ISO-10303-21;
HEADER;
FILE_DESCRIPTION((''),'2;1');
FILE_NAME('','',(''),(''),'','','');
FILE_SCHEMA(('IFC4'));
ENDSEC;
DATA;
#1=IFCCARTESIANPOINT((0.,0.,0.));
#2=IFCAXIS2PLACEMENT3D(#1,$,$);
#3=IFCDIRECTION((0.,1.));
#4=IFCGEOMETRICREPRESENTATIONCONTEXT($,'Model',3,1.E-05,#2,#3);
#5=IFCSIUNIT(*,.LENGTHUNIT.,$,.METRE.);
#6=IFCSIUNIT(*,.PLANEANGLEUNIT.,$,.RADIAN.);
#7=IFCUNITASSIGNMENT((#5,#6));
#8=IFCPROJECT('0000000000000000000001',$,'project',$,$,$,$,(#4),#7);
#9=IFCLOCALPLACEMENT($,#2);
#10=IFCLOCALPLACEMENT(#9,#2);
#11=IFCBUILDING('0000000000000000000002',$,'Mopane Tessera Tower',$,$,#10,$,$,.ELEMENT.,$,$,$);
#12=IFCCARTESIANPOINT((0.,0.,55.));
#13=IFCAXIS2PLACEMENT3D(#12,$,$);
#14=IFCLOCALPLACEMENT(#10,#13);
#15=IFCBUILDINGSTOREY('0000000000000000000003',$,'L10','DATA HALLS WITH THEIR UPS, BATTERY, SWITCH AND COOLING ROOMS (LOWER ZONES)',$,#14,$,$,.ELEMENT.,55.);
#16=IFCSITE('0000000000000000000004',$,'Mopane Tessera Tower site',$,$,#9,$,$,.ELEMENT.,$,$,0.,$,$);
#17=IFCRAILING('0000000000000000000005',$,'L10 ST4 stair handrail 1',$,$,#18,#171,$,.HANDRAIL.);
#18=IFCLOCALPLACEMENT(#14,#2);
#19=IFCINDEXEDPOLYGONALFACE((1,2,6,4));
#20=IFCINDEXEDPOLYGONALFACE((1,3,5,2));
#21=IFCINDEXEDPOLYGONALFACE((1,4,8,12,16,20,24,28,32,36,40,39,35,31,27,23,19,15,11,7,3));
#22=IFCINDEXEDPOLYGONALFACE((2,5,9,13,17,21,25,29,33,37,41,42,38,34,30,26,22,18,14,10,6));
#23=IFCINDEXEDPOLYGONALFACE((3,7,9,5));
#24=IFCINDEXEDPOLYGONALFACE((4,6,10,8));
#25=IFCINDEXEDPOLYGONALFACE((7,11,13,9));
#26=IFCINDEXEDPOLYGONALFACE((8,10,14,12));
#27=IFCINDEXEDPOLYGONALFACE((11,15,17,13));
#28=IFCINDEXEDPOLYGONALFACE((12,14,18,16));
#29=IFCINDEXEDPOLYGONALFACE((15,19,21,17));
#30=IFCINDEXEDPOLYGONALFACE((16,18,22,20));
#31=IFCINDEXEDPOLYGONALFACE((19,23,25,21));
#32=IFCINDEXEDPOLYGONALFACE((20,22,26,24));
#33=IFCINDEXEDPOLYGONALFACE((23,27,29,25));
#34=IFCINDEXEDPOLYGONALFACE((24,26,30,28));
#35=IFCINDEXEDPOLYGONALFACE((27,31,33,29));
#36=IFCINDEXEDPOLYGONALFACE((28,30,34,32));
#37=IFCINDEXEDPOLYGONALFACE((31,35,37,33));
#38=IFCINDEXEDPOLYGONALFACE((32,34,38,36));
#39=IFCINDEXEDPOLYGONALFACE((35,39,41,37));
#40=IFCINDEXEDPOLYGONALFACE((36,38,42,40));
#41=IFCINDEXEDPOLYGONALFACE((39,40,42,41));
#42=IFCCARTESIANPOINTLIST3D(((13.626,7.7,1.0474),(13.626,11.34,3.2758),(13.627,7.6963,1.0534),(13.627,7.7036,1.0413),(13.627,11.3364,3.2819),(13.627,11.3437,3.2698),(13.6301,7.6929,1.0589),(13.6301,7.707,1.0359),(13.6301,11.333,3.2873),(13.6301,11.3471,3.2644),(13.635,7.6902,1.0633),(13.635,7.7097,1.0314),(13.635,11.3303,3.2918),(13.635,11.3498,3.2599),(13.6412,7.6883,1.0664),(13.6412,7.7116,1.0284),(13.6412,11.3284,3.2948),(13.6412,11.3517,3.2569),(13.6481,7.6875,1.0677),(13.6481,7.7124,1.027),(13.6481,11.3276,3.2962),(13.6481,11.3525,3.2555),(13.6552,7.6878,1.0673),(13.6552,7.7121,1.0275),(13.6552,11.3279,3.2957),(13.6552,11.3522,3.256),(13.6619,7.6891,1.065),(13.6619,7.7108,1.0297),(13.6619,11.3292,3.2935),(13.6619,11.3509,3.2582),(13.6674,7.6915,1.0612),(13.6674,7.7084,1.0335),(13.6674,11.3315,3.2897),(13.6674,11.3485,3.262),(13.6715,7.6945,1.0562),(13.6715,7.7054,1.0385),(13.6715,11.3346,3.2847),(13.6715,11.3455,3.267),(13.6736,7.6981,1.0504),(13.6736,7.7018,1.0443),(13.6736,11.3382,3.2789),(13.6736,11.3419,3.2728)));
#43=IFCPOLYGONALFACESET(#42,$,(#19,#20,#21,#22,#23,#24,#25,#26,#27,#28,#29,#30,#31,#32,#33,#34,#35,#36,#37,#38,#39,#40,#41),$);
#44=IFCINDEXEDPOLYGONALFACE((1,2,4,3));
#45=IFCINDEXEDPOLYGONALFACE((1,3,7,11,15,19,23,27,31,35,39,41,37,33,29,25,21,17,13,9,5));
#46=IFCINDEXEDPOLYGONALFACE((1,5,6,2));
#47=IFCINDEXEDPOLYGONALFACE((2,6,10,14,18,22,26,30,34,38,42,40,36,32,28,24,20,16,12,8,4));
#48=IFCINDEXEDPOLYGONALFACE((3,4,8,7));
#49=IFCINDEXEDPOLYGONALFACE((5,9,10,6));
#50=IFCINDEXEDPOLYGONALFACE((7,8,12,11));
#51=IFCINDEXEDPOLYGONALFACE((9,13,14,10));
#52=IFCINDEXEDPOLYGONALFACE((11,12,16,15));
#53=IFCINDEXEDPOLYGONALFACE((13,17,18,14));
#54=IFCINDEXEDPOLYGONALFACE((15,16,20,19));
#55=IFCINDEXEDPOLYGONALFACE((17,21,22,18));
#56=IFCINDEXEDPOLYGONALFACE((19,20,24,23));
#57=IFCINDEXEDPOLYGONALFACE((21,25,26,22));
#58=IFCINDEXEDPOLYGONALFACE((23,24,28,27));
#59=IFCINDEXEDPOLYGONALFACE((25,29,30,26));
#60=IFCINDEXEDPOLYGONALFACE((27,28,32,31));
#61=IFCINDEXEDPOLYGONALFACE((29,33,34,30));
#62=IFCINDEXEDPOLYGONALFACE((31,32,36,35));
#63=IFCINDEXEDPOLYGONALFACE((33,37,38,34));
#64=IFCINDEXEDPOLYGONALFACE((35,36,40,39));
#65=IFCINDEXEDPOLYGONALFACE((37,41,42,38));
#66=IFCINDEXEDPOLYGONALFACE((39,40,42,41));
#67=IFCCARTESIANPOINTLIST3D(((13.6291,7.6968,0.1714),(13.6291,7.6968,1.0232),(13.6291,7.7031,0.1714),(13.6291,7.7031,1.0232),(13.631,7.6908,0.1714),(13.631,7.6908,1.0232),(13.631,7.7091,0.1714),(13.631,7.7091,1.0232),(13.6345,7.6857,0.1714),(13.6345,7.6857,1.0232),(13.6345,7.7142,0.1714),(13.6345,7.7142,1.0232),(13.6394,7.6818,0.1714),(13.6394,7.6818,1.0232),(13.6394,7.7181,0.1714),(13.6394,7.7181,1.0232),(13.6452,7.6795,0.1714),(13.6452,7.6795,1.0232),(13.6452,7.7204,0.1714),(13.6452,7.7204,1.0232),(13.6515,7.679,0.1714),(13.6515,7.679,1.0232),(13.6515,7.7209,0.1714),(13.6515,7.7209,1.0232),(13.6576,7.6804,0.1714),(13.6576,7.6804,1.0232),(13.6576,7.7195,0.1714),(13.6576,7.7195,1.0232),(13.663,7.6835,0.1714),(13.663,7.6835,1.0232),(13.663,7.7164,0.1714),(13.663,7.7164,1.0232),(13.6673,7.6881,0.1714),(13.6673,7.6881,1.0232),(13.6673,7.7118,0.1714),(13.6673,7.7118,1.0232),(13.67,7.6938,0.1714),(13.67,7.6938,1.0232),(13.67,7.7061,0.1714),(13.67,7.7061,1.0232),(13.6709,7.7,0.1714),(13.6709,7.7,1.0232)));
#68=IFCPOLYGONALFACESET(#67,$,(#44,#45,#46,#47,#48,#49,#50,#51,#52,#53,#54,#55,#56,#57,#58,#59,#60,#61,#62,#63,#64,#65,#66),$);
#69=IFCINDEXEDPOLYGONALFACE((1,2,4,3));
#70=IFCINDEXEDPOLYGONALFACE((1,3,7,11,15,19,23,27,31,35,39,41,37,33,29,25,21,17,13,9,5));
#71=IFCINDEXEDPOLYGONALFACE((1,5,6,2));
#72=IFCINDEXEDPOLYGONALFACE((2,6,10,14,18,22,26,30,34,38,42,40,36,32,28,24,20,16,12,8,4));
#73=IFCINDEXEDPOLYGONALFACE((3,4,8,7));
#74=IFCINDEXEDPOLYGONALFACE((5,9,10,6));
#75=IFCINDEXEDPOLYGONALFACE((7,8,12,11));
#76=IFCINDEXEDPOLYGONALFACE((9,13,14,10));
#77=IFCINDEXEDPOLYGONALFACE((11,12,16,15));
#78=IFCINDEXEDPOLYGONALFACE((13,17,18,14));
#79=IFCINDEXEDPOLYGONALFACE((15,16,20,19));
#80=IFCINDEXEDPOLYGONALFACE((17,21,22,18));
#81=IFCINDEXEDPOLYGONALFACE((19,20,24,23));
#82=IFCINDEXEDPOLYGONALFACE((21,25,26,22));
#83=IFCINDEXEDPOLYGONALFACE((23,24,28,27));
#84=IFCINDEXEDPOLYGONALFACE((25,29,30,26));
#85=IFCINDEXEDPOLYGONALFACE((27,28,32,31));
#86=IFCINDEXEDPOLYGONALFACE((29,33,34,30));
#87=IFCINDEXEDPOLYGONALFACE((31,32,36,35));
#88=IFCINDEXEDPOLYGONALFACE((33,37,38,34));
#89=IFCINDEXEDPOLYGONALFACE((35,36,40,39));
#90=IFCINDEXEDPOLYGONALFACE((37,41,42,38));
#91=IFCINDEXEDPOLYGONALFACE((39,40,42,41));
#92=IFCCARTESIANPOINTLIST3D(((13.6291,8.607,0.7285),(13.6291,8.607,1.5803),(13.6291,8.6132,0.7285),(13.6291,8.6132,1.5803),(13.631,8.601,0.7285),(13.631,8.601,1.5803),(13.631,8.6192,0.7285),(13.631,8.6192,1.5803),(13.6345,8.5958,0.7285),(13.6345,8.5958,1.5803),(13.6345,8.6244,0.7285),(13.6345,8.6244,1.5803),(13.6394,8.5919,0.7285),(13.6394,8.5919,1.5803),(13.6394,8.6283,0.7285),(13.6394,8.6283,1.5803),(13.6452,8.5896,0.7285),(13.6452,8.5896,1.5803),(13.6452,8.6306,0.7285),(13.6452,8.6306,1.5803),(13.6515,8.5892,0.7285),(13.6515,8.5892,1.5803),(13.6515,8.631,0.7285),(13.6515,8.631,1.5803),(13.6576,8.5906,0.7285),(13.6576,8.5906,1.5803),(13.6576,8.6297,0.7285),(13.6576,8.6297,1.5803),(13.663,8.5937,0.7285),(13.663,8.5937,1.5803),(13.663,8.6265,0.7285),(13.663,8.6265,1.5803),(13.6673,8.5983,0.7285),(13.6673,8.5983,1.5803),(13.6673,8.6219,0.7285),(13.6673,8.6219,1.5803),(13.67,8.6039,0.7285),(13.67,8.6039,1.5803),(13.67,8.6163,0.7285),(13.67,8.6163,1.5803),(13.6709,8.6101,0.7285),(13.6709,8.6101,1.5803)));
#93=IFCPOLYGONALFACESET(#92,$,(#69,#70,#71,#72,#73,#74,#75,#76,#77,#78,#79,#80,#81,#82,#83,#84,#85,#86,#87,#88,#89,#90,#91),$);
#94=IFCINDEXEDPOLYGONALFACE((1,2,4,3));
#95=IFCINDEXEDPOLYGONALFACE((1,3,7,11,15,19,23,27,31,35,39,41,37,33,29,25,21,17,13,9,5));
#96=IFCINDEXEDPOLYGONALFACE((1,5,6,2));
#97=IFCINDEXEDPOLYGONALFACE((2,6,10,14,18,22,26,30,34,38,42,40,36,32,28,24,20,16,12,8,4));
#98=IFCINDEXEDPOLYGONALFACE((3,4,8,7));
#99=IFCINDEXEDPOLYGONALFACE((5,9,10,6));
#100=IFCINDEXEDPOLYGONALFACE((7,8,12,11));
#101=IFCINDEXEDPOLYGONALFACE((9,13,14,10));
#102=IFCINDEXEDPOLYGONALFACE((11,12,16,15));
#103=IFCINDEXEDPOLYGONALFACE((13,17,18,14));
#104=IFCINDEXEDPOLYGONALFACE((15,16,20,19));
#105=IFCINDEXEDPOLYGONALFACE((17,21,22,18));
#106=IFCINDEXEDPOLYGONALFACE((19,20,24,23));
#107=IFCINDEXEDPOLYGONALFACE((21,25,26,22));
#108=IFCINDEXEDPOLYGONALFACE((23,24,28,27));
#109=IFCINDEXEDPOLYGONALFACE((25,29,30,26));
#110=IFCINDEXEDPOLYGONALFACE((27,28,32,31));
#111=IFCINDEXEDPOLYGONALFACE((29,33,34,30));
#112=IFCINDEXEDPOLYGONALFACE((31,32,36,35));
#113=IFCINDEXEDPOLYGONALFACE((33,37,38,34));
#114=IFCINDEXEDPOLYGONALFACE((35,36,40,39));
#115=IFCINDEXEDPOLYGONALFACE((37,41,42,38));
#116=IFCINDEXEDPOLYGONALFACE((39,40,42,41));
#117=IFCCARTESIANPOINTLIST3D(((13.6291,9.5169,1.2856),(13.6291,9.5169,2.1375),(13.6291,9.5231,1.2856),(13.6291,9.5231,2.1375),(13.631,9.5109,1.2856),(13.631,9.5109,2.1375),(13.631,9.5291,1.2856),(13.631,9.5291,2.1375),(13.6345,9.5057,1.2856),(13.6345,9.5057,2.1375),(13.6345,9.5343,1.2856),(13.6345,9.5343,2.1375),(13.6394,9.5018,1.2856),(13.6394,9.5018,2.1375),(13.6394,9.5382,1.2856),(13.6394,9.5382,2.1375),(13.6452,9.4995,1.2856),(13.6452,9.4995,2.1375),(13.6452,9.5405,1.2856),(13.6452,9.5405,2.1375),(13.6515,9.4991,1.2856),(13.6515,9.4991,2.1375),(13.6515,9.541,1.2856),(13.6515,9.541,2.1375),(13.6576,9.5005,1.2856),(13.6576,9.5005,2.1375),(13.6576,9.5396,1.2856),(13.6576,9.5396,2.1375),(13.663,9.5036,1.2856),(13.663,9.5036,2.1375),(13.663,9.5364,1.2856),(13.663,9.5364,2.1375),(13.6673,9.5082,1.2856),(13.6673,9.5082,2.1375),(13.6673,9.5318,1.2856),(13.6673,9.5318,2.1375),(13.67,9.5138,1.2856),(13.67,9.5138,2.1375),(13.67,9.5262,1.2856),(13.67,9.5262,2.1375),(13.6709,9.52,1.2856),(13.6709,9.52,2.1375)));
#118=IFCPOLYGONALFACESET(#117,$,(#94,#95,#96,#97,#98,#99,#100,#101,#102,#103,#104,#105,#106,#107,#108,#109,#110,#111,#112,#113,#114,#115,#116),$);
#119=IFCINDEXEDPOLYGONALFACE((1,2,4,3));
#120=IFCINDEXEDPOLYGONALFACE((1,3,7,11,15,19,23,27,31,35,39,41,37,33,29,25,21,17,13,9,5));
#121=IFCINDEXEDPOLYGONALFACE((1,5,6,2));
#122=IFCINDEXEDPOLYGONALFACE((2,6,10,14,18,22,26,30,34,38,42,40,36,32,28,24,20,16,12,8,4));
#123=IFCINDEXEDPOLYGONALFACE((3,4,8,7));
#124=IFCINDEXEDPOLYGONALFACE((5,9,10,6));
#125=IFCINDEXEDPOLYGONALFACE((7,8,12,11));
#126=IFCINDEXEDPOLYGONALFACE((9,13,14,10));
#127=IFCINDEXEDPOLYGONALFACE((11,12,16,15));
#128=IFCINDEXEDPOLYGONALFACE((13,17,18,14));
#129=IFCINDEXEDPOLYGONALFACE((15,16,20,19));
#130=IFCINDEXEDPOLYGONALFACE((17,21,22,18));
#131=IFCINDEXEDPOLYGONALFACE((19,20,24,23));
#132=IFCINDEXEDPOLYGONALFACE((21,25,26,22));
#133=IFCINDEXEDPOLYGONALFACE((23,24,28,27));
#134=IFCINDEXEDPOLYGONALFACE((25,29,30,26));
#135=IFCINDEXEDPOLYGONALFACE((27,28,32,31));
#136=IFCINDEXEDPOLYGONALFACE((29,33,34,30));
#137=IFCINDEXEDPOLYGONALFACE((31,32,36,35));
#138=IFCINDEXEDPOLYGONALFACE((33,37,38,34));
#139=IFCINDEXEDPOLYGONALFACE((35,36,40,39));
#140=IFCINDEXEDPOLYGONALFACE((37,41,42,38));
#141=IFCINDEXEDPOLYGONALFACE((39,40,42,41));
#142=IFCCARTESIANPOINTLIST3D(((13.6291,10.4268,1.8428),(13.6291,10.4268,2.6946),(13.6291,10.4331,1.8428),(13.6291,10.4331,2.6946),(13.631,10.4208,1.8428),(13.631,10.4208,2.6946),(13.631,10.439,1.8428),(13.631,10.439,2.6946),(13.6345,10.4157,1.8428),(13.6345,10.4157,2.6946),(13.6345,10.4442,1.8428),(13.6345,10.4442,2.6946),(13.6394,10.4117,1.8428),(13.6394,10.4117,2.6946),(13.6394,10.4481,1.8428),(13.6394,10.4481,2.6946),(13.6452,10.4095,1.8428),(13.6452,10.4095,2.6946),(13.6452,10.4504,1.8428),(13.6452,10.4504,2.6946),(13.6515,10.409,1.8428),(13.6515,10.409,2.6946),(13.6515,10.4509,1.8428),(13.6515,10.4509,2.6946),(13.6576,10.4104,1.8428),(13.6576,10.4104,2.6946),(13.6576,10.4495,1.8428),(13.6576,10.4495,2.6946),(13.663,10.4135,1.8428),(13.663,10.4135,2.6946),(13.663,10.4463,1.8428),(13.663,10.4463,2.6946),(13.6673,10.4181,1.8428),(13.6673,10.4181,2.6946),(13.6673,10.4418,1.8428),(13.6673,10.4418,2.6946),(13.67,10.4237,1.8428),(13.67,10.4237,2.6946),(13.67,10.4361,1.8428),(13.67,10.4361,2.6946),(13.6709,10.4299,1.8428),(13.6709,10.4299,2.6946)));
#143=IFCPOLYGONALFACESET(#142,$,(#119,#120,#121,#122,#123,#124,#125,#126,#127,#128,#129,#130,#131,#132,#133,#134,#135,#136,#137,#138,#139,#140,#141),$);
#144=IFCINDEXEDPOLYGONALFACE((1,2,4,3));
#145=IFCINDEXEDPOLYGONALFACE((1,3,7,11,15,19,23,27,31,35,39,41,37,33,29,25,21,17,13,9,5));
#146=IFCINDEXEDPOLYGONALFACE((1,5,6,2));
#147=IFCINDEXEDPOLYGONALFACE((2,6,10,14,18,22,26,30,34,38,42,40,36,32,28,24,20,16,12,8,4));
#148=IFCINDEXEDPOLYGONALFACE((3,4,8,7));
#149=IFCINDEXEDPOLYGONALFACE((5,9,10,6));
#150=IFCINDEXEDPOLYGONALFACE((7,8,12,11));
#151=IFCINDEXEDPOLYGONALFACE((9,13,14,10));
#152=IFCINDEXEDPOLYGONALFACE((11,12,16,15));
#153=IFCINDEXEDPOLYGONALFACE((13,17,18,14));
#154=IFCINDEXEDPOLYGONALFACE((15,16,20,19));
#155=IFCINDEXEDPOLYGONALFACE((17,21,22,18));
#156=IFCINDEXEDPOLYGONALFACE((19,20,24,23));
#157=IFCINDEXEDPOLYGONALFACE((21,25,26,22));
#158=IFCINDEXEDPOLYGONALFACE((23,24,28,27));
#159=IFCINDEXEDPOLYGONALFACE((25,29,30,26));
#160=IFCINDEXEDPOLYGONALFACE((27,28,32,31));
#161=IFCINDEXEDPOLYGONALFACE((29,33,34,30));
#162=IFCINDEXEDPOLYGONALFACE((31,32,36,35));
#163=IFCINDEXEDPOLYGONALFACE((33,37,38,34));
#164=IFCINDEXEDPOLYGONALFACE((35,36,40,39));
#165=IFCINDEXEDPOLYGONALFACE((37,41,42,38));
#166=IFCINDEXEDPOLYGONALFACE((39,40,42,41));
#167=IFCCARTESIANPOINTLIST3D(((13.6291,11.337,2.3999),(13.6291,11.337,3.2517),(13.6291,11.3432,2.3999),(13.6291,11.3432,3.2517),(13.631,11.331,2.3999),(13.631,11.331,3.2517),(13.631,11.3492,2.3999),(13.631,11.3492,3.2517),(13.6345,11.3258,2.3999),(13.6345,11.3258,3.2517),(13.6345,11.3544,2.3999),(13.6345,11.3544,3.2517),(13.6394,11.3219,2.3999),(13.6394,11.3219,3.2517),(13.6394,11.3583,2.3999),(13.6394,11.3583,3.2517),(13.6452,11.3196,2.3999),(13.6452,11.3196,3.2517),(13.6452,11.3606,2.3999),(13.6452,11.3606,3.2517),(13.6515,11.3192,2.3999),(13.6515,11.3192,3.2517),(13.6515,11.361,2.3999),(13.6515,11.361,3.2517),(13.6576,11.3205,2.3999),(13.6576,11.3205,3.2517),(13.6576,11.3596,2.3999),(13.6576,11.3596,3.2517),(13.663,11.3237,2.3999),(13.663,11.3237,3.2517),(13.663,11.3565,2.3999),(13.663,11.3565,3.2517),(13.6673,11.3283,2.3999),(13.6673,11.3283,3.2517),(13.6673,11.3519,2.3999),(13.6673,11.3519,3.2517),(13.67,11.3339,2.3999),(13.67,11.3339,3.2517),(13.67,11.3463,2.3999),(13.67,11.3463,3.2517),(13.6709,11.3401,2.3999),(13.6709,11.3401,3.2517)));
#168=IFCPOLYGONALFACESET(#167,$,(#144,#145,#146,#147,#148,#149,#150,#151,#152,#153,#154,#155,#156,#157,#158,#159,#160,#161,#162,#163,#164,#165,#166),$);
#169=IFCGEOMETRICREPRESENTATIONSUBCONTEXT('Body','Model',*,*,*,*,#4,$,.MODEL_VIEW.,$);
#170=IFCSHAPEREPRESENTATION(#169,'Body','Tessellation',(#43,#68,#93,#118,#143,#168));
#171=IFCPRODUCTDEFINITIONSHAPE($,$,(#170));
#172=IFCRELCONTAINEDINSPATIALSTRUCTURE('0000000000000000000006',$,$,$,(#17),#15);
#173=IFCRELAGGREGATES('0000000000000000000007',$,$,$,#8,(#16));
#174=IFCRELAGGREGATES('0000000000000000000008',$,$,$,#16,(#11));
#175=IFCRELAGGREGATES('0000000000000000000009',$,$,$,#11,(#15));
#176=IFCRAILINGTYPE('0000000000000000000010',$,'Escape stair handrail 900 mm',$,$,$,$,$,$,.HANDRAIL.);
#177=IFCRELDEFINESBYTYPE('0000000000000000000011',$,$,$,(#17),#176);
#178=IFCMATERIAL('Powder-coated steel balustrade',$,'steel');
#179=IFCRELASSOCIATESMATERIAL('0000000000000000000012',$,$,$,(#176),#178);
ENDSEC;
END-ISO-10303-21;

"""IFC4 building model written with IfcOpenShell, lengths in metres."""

from ifc_helpers import new_model, si_unit, direction, frame, origin, origin_2d, place, context, subcontext, project, spatial, circle, extrude, material, type_object, element, save


model = new_model("IFC4")

# Units and contexts
model_context = context("Model", 3, precision=1e-05, world=origin(), true_north=direction((0.0, 1.0)))
body_context = subcontext(model_context, "Body", "Model", "MODEL_VIEW")
ifc_project = project(units=[si_unit("LENGTHUNIT", "METRE"), si_unit("PLANEANGLEUNIT", "RADIAN")], contexts=[model_context])

# Site, building, storey
site_placement = place(None, origin())
site = spatial("IfcSite", under=ifc_project, at=site_placement, Name="Mopane Tessera Tower site", CompositionType="ELEMENT", RefElevation=0.0)
building_placement = place(site_placement, origin())
building = spatial("IfcBuilding", under=site, at=building_placement, Name="Mopane Tessera Tower", CompositionType="ELEMENT")
storey_placement = place(building_placement, frame((0.0, 0.0, 55.0)))
storey = spatial("IfcBuildingStorey", under=building, at=storey_placement, Name="L10", Description="DATA HALLS WITH THEIR UPS, BATTERY, SWITCH AND COOLING ROOMS (LOWER ZONES)", CompositionType="ELEMENT", Elevation=55.0)

# Railing
ifc_material_1 = material(Name="Powder-coated steel balustrade", Category="steel")
railing_type_1 = type_object("IfcRailingType", Name="Escape stair handrail 900 mm", PredefinedType="HANDRAIL", material=ifc_material_1)
railing_1_placement = place(storey_placement, frame((13.6499, 7.7, 0.1714)))
element("IfcRailing", 1, at=railing_1_placement, inside=storey, type_object=railing_type_1, Name="L10 ST4 stair handrail 1", PredefinedType="HANDRAIL", context=body_context, shape_type="SweptSolid", body=[
    extrude(circle(Radius=0.0239, at=origin_2d()), frame((0.0, 0.0, 0.876), z_axis=(0.0, 0.852866, 0.52213), x_axis=(-1.0, 0.0, 0.0)), (0.0, 0.0, 1.0), 4.2681),
    extrude(circle(Radius=0.021, at=origin_2d()), origin(), (0.0, 0.0, 1.0), 0.8518),
    extrude(circle(Radius=0.021, at=origin_2d()), frame((0.0, 0.9102, 0.5571)), (0.0, 0.0, 1.0), 0.8518),
    extrude(circle(Radius=0.021, at=origin_2d()), frame((0.0, 1.8201, 1.1143)), (0.0, 0.0, 1.0), 0.8518),
    extrude(circle(Radius=0.021, at=origin_2d()), frame((0.0, 2.73, 1.6714)), (0.0, 0.0, 1.0), 0.8518),
    extrude(circle(Radius=0.021, at=origin_2d()), frame((0.0, 3.6401, 2.2285)), (0.0, 0.0, 1.0), 0.8518),
])

save(model, "model.ifc")
